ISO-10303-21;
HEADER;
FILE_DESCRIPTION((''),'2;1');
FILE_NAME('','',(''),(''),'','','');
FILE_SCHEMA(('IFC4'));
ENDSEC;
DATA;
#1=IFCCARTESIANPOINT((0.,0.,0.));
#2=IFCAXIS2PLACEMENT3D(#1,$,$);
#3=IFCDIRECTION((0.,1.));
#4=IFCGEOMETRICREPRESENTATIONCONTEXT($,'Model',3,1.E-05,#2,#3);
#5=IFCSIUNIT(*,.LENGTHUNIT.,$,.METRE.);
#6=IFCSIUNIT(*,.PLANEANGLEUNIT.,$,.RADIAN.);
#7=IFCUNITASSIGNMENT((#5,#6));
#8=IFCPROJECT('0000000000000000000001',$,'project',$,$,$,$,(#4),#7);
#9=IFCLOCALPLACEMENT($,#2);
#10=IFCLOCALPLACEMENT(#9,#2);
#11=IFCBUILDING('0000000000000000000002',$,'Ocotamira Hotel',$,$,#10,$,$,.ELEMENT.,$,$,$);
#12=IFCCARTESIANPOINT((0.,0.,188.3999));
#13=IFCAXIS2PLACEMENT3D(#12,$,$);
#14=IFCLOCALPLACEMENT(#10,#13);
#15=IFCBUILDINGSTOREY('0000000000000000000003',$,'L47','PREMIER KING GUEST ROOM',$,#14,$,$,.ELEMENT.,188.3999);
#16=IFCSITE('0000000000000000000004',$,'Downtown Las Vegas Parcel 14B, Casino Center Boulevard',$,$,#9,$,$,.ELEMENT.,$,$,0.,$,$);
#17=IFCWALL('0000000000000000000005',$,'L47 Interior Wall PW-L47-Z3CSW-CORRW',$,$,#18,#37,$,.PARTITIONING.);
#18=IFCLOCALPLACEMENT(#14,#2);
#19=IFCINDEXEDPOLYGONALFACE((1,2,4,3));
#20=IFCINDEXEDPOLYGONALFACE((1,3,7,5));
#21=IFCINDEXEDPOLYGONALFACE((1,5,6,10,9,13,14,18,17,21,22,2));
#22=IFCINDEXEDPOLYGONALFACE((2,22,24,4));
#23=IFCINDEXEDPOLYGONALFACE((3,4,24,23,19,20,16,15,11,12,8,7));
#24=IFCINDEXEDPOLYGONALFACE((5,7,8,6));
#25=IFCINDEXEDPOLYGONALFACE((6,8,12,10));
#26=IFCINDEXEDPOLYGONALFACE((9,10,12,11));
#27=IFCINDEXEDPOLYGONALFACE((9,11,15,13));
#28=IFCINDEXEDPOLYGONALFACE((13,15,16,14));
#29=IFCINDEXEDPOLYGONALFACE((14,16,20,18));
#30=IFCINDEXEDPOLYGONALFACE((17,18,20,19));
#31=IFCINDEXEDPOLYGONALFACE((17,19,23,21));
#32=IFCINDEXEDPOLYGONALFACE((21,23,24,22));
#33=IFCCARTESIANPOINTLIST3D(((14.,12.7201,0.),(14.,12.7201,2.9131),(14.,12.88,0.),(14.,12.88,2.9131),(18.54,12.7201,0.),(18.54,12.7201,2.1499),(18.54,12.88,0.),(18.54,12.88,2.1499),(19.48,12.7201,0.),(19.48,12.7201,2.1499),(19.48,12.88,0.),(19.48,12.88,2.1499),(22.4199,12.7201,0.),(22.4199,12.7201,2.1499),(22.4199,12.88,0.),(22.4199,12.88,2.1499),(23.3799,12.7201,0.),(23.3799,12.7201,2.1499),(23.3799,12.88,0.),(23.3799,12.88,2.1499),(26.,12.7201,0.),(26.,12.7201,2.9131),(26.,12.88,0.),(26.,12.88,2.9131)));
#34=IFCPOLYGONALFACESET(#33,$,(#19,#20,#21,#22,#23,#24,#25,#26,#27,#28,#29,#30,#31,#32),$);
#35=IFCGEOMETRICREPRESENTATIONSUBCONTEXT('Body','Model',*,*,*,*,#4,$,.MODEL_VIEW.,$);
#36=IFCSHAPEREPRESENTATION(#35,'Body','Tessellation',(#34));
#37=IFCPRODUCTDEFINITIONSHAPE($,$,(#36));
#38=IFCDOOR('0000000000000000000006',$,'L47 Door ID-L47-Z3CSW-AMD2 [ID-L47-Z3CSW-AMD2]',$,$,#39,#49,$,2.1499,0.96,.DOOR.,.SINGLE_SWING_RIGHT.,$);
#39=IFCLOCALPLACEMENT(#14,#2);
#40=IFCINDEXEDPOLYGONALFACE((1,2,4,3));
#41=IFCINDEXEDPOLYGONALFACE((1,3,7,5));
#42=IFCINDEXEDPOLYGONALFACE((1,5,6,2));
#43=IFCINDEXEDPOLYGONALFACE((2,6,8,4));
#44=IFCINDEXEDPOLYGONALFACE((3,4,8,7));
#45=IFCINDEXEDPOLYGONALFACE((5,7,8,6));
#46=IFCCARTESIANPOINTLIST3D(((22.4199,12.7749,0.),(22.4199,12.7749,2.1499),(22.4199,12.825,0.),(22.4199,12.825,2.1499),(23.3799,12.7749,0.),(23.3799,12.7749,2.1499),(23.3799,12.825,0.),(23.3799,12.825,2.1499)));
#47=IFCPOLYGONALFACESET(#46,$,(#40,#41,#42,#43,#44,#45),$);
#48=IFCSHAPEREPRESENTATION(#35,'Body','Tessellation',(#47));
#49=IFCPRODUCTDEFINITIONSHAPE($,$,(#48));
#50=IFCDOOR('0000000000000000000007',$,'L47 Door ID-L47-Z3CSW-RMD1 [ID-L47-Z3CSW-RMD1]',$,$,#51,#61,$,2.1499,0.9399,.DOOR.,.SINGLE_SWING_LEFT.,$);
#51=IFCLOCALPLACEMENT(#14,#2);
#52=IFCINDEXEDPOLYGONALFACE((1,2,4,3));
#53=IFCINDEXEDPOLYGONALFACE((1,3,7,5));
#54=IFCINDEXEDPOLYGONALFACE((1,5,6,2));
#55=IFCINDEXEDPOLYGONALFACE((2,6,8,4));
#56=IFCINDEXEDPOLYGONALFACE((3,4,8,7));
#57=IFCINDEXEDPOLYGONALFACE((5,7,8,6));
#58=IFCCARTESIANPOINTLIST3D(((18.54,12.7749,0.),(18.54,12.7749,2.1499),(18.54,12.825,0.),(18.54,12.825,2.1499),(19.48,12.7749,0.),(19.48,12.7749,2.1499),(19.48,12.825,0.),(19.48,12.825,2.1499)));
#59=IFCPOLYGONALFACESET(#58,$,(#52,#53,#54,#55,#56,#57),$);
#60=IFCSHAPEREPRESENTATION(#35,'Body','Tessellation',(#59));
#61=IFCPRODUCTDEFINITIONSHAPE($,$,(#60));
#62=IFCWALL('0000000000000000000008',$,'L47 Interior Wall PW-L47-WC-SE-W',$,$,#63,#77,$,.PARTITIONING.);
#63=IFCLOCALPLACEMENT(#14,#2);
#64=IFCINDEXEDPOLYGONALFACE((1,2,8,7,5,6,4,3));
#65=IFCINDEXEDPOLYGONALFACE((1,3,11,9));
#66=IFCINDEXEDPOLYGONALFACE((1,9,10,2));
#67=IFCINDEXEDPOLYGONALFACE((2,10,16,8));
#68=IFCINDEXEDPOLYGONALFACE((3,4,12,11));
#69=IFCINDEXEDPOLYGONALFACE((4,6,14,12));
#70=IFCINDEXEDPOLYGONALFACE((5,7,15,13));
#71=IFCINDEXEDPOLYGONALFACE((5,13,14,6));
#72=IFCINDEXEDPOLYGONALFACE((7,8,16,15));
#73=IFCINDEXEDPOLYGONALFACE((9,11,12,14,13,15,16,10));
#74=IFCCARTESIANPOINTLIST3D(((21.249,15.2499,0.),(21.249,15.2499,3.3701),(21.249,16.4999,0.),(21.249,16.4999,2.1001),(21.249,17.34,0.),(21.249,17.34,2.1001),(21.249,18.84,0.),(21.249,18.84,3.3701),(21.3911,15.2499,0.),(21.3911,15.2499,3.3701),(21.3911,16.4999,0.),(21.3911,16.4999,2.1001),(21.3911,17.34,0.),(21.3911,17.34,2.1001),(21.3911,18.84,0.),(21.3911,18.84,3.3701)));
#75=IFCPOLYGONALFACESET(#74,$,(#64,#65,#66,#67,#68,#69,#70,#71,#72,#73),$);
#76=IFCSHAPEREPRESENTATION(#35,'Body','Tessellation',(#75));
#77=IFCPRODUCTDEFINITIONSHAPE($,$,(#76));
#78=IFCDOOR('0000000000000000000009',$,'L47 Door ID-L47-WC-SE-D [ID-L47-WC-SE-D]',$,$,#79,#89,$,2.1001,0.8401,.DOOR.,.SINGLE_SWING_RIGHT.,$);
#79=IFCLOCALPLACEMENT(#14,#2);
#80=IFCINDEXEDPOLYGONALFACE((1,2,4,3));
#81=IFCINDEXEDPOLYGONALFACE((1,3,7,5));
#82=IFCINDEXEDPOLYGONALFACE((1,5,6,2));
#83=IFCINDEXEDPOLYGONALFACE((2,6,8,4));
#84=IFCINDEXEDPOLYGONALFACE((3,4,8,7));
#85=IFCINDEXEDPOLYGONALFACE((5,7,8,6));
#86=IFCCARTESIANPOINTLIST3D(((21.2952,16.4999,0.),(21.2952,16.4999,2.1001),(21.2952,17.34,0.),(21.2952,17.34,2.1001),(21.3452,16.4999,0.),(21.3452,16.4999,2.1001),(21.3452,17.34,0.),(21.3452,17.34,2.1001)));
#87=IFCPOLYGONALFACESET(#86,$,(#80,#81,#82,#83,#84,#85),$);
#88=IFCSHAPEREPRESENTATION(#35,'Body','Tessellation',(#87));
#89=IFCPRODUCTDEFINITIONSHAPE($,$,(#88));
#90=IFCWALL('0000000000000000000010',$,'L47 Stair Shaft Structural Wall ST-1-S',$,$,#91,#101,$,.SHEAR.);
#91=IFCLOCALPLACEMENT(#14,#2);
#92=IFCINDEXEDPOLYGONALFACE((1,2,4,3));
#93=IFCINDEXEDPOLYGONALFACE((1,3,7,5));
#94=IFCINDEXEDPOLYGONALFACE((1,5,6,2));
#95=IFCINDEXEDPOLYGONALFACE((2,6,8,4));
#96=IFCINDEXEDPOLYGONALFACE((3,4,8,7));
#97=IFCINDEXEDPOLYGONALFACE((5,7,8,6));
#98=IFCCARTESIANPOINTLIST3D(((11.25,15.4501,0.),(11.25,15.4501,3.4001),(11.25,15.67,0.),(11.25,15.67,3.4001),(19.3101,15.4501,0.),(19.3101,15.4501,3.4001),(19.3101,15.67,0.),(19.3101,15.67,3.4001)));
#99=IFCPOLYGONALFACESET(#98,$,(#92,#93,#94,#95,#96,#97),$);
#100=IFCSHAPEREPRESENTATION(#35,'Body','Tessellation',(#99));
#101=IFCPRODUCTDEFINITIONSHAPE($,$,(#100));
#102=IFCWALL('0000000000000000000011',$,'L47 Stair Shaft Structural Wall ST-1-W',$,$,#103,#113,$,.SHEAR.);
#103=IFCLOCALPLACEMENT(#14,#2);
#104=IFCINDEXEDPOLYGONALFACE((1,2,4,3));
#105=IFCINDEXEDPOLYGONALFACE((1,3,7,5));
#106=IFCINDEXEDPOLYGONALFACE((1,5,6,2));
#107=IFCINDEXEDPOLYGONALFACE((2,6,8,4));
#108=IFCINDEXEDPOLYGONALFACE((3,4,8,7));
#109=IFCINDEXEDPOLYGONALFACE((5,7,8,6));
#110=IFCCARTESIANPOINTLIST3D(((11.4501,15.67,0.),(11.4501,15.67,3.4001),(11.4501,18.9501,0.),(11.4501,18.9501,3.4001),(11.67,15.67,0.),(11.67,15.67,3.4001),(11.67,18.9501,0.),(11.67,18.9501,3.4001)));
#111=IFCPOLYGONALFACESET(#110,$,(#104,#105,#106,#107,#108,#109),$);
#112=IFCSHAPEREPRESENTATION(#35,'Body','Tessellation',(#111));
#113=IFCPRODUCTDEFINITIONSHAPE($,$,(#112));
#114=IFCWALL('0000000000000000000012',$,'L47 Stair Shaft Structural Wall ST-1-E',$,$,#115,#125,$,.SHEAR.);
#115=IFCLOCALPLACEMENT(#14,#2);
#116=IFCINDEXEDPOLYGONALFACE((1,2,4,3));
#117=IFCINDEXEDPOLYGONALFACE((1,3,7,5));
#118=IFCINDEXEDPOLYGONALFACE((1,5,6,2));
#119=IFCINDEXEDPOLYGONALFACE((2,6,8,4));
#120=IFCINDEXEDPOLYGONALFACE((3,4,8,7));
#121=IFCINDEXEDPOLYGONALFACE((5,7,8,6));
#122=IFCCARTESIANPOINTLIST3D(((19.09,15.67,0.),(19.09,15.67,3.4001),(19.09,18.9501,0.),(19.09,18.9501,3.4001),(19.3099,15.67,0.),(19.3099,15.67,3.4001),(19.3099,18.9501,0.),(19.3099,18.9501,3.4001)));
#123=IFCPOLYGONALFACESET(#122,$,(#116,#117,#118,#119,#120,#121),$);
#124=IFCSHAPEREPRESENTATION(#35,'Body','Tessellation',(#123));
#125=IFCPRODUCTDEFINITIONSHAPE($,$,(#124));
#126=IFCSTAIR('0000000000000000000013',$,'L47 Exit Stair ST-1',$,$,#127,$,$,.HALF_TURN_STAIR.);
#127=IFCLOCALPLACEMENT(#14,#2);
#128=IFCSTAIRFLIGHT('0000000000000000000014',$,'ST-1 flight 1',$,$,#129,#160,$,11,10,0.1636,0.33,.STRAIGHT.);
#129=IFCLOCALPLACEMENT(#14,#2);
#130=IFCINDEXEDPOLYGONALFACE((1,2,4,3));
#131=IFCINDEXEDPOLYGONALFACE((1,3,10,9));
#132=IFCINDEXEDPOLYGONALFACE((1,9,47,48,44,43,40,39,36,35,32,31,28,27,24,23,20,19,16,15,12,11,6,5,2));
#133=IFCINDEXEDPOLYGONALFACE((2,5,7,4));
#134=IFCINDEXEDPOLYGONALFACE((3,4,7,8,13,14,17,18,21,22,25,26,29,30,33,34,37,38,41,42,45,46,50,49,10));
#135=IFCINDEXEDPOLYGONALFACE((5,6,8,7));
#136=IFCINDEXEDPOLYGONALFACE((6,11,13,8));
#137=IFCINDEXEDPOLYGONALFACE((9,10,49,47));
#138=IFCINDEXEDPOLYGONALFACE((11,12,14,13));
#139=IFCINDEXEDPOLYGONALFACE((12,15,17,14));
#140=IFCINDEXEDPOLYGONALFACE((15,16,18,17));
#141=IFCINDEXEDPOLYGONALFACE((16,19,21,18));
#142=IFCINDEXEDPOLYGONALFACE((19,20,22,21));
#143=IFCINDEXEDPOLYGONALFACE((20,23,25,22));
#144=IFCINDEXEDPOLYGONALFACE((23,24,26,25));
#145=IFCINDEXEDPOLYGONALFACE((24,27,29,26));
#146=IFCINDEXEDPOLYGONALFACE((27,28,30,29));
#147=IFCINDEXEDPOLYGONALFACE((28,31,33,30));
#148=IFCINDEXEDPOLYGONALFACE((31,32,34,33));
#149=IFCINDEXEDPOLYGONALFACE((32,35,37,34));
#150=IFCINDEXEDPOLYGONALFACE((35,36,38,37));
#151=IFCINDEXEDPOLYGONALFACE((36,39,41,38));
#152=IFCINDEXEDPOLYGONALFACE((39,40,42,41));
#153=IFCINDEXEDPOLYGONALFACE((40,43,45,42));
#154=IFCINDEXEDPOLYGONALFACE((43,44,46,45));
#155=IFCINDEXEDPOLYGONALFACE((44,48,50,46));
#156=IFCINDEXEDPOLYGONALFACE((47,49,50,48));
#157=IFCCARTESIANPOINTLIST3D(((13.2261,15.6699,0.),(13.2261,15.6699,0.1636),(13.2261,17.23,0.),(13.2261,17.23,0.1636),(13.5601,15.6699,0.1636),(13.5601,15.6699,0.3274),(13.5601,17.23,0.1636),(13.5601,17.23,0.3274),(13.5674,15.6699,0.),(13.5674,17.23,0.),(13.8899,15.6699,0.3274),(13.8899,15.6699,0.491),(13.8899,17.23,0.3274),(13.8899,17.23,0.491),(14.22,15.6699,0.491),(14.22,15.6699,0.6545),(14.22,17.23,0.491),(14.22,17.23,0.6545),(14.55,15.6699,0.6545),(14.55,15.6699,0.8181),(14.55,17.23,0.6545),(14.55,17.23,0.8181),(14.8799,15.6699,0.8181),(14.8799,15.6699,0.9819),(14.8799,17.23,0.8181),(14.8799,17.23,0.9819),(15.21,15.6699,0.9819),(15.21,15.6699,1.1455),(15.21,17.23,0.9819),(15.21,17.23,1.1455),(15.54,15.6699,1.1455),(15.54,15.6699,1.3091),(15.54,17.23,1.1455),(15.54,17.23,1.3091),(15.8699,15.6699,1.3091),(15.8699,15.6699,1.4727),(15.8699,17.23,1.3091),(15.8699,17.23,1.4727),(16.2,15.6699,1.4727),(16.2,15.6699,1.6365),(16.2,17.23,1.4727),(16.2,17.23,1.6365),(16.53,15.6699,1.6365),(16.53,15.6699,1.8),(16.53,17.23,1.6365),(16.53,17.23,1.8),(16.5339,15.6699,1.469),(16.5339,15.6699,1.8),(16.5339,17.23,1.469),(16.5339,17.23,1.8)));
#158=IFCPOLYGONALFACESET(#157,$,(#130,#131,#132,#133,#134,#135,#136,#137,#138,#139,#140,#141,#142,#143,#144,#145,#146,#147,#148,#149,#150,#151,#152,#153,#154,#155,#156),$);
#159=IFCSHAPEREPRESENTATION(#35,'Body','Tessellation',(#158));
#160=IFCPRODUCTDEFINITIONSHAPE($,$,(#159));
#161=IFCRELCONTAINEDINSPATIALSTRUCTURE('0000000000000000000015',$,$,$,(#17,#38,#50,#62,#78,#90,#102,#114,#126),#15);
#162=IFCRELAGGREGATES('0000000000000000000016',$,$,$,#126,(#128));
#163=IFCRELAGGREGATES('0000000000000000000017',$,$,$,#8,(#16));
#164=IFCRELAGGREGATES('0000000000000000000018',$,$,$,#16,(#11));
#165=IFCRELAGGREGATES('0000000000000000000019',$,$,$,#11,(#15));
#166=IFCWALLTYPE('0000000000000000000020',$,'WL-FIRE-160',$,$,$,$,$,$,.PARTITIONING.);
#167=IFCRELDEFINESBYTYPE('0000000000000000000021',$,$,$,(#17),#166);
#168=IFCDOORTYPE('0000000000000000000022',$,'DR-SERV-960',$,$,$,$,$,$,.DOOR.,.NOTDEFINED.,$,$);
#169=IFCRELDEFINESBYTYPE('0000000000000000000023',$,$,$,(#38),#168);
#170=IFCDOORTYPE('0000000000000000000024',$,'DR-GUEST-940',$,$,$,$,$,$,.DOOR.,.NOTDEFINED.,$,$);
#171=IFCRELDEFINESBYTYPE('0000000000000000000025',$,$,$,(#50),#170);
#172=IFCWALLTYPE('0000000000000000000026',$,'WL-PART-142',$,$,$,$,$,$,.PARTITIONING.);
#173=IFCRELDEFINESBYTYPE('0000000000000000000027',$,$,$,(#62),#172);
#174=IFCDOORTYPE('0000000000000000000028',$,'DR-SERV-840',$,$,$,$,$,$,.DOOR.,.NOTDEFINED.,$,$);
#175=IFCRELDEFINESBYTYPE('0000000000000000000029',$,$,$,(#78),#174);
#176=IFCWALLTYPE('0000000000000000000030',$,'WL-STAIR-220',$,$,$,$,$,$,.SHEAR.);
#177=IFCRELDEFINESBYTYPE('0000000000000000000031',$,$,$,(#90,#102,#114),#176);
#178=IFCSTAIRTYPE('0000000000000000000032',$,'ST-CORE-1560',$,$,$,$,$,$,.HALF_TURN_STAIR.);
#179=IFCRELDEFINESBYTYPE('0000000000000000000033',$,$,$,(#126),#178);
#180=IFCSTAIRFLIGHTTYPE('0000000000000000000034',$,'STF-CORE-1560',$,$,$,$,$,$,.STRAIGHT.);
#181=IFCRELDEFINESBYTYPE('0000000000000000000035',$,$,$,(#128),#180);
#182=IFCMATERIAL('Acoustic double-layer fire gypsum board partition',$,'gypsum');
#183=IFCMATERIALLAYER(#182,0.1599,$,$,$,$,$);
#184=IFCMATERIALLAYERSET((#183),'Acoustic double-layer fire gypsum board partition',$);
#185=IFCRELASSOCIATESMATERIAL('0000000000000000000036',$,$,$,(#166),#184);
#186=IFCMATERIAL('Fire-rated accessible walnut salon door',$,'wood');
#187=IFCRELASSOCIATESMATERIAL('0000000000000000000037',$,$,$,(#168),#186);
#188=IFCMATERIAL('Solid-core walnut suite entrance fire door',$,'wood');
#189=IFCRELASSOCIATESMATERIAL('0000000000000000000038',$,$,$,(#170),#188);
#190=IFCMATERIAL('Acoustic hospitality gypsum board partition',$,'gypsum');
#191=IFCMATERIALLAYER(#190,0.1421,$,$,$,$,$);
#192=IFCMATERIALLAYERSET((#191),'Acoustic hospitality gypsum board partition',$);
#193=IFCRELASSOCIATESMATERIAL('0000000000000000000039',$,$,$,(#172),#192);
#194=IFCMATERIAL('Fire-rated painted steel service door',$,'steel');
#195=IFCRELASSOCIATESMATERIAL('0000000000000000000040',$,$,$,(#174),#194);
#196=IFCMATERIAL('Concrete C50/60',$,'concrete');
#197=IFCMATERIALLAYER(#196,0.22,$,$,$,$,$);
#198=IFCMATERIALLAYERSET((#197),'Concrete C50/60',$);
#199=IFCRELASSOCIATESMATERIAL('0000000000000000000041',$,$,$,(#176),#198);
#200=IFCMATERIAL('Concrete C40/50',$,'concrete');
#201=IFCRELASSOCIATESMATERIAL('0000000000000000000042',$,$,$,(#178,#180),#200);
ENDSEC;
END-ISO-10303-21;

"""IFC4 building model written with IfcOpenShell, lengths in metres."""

from ifc_helpers import new_model, si_unit, direction, frame, frame_2d, origin, place, context, subcontext, project, spatial, polyline, rectangle, outline, extrude, source, transform, mapped, material, layer, layer_set, type_object, element, fill, aggregate, save


model = new_model("IFC4")

# Units and contexts
model_context = context("Model", 3, precision=1e-05, world=origin(), true_north=direction((0.0, 1.0)))
body_context = subcontext(model_context, "Body", "Model", "MODEL_VIEW")
ifc_project = project(units=[si_unit("LENGTHUNIT", "METRE"), si_unit("PLANEANGLEUNIT", "RADIAN")], contexts=[model_context])

# Site, building, storey
site_placement = place(None, origin())
site = spatial("IfcSite", under=ifc_project, at=site_placement, Name="Downtown Las Vegas Parcel 14B, Casino Center Boulevard", CompositionType="ELEMENT", RefElevation=0.0)
building_placement = place(site_placement, origin())
building = spatial("IfcBuilding", under=site, at=building_placement, Name="Ocotamira Hotel", CompositionType="ELEMENT")
storey_placement = place(building_placement, frame((0.0, 0.0, 188.3999)))
storey = spatial("IfcBuildingStorey", under=building, at=storey_placement, Name="L47", Description="PREMIER KING GUEST ROOM", CompositionType="ELEMENT", Elevation=188.3999)

# Shared definitions
ifc_material_1 = material(Name="Concrete C50/60", Category="concrete")

# Wall, openings, doors
ifc_material_2 = material(Name="Acoustic double-layer fire gypsum board partition", Category="gypsum")
ifc_layer_1 = layer(ifc_material_2, 0.1599)
ifc_layer_set_1 = layer_set([ifc_layer_1], Name="Acoustic double-layer fire gypsum board partition")
wall_type_1 = type_object("IfcWallType", Name="WL-FIRE-160", PredefinedType="PARTITIONING", material=ifc_layer_set_1)
wall_1_placement = place(storey_placement, frame((14.0, 12.8, 0.0), z_axis=(0.0, 0.0, 1.0), x_axis=(1.0, 0.0, 0.0)))
wall_1 = element("IfcWall", 1, at=wall_1_placement, inside=storey, type_object=wall_type_1, Name="L47 Interior Wall PW-L47-Z3CSW-CORRW", PredefinedType="PARTITIONING", context=body_context, shape_type="SweptSolid", body=[
    extrude(rectangle(XDim=12.0, YDim=0.1599, at=frame_2d((6.0, 0.0))), origin(), (0.0, 0.0, 1.0), 2.9131),
])
opening_1_placement = place(wall_1_placement, frame((4.54, 0.0, 0.0)))
opening_1 = element("IfcOpeningElement", 2, at=opening_1_placement, cuts=wall_1, PredefinedType="OPENING", context=body_context, shape_type="SweptSolid", body=[
    extrude(rectangle(XDim=0.9399, YDim=2.1499, at=frame_2d((0.47, 1.075))), frame((0.0, 0.0898, 0.0), z_axis=(0.0, -1.0, 0.0), x_axis=(1.0, 0.0, 0.0)), (0.0, 0.0, 1.0), 0.1799),
])
opening_2_placement = place(wall_1_placement, frame((8.4199, 0.0, 0.0)))
opening_2 = element("IfcOpeningElement", 3, at=opening_2_placement, cuts=wall_1, PredefinedType="OPENING", context=body_context, shape_type="SweptSolid", body=[
    extrude(rectangle(XDim=0.96, YDim=2.1499, at=frame_2d((0.48, 1.075))), frame((0.0, 0.0898, 0.0), z_axis=(0.0, -1.0, 0.0), x_axis=(1.0, 0.0, 0.0)), (0.0, 0.0, 1.0), 0.1799),
])
ifc_material_3 = material(Name="Fire-rated accessible walnut salon door", Category="wood")
door_type_1 = type_object("IfcDoorType", Name="DR-SERV-960", OperationType="NOTDEFINED", PredefinedType="DOOR", material=ifc_material_3)
shared_shape_1 = source(origin(), body_context, "Body", "SweptSolid", [
    extrude(rectangle(XDim=0.96, YDim=2.1499, at=frame_2d((0.48, 1.075))), frame((0.0, 0.0249, 0.0), z_axis=(0.0, -1.0, 0.0), x_axis=(1.0, 0.0, 0.0)), (0.0, 0.0, 1.0), 0.05),
])
door_1_placement = place(opening_2_placement, origin())
door_1 = element("IfcDoor", 4, at=door_1_placement, inside=storey, type_object=door_type_1, Name="L47 Door ID-L47-Z3CSW-AMD2 [ID-L47-Z3CSW-AMD2]", OperationType="SINGLE_SWING_RIGHT", OverallHeight=2.1499, OverallWidth=0.96, PredefinedType="DOOR", context=body_context, shape_type="MappedRepresentation", body=[
    mapped(shared_shape_1, transform((0.0, 0.0, 0.0), scale=1.0)),
])
fill(opening_2, door_1)
ifc_material_4 = material(Name="Solid-core walnut suite entrance fire door", Category="wood")
door_type_2 = type_object("IfcDoorType", Name="DR-GUEST-940", OperationType="NOTDEFINED", PredefinedType="DOOR", material=ifc_material_4)
shared_shape_2 = source(origin(), body_context, "Body", "SweptSolid", [
    extrude(rectangle(XDim=0.9399, YDim=2.1499, at=frame_2d((0.47, 1.075))), frame((0.0, 0.0249, 0.0), z_axis=(0.0, -1.0, 0.0), x_axis=(1.0, 0.0, 0.0)), (0.0, 0.0, 1.0), 0.05),
])
door_2_placement = place(opening_1_placement, origin())
door_2 = element("IfcDoor", 5, at=door_2_placement, inside=storey, type_object=door_type_2, Name="L47 Door ID-L47-Z3CSW-RMD1 [ID-L47-Z3CSW-RMD1]", OperationType="SINGLE_SWING_LEFT", OverallHeight=2.1499, OverallWidth=0.9399, PredefinedType="DOOR", context=body_context, shape_type="MappedRepresentation", body=[
    mapped(shared_shape_2, transform((0.0, 0.0, 0.0), scale=1.0)),
])
fill(opening_1, door_2)

# Wall, opening, door
ifc_material_5 = material(Name="Acoustic hospitality gypsum board partition", Category="gypsum")
ifc_layer_2 = layer(ifc_material_5, 0.1421)
ifc_layer_set_2 = layer_set([ifc_layer_2], Name="Acoustic hospitality gypsum board partition")
wall_type_2 = type_object("IfcWallType", Name="WL-PART-142", PredefinedType="PARTITIONING", material=ifc_layer_set_2)
wall_2_placement = place(storey_placement, frame((21.3201, 15.25, 0.0), z_axis=(0.0, 0.0, 1.0), x_axis=(0.0, 1.0, 0.0)))
wall_2 = element("IfcWall", 6, at=wall_2_placement, inside=storey, type_object=wall_type_2, Name="L47 Interior Wall PW-L47-WC-SE-W", PredefinedType="PARTITIONING", context=body_context, shape_type="SweptSolid", body=[
    extrude(rectangle(XDim=3.5901, YDim=0.1421, at=frame_2d((1.7949, 0.0))), origin(), (0.0, 0.0, 1.0), 3.3701),
])
opening_3_placement = place(wall_2_placement, frame((1.25, 0.0, 0.0)))
opening_3 = element("IfcOpeningElement", 7, at=opening_3_placement, cuts=wall_2, PredefinedType="OPENING", context=body_context, shape_type="SweptSolid", body=[
    extrude(rectangle(XDim=0.8401, YDim=2.1001, at=frame_2d((0.4199, 1.05))), frame((0.0, 0.0811, 0.0), z_axis=(0.0, -1.0, 0.0), x_axis=(1.0, 0.0, 0.0)), (0.0, 0.0, 1.0), 0.1621),
])
ifc_material_6 = material(Name="Fire-rated painted steel service door", Category="steel")
door_type_3 = type_object("IfcDoorType", Name="DR-SERV-840", OperationType="NOTDEFINED", PredefinedType="DOOR", material=ifc_material_6)
shared_shape_3 = source(origin(), body_context, "Body", "SweptSolid", [
    extrude(rectangle(XDim=0.8401, YDim=2.1001, at=frame_2d((0.4199, 1.05))), frame((0.0, 0.0249, 0.0), z_axis=(0.0, -1.0, 0.0), x_axis=(1.0, 0.0, 0.0)), (0.0, 0.0, 1.0), 0.05),
])
door_3_placement = place(opening_3_placement, origin())
door_3 = element("IfcDoor", 8, at=door_3_placement, inside=storey, type_object=door_type_3, Name="L47 Door ID-L47-WC-SE-D [ID-L47-WC-SE-D]", OperationType="SINGLE_SWING_RIGHT", OverallHeight=2.1001, OverallWidth=0.8401, PredefinedType="DOOR", context=body_context, shape_type="MappedRepresentation", body=[
    mapped(shared_shape_3, transform((0.0, 0.0, 0.0), scale=1.0)),
])
fill(opening_3, door_3)

# Walls
ifc_layer_3 = layer(ifc_material_1, 0.22)
ifc_layer_set_3 = layer_set([ifc_layer_3], Name="Concrete C50/60")
wall_type_3 = type_object("IfcWallType", Name="WL-STAIR-220", PredefinedType="SHEAR", material=ifc_layer_set_3)
wall_3_placement = place(storey_placement, frame((11.25, 15.5601, 0.0), z_axis=(0.0, 0.0, 1.0), x_axis=(1.0, 0.0, 0.0)))
element("IfcWall", 9, at=wall_3_placement, inside=storey, type_object=wall_type_3, Name="L47 Stair Shaft Structural Wall ST-1-S", PredefinedType="SHEAR", context=body_context, shape_type="SweptSolid", body=[
    extrude(rectangle(XDim=8.0601, YDim=0.22, at=frame_2d((4.03, 0.0))), origin(), (0.0, 0.0, 1.0), 3.4001),
])
for number, where, z_axis, x_axis, name in (
    (10, (11.5601, 15.6699, 0.0), (0.0, 0.0, 1.0), (0.0, 1.0, 0.0), "L47 Stair Shaft Structural Wall ST-1-W"),
    (11, (19.2, 15.6699, 0.0), (0.0, 0.0, 1.0), (0.0, 1.0, 0.0), "L47 Stair Shaft Structural Wall ST-1-E"),
):
    element("IfcWall", number, at=place(storey_placement, frame(where, z_axis=z_axis, x_axis=x_axis)), inside=storey, type_object=wall_type_3, Name=name, PredefinedType="SHEAR", context=body_context, shape_type="SweptSolid", body=[
        extrude(rectangle(XDim=3.28, YDim=0.22, at=frame_2d((1.6401, 0.0))), origin(), (0.0, 0.0, 1.0), 3.4001),
    ])

# Stair, stair flight
ifc_material_7 = material(Name="Concrete C40/50", Category="concrete")
stair_type = type_object("IfcStairType", Name="ST-CORE-1560", PredefinedType="HALF_TURN_STAIR", material=ifc_material_7)
stair_placement = place(storey_placement, origin())
stair = element("IfcStair", 12, at=stair_placement, inside=storey, type_object=stair_type, Name="L47 Exit Stair ST-1", PredefinedType="HALF_TURN_STAIR")
stair_flight_type = type_object("IfcStairFlightType", Name="STF-CORE-1560", PredefinedType="STRAIGHT", material=ifc_material_7)
shared_shape_4 = source(origin(), body_context, "Body", "SweptSolid", [
    extrude(outline(polyline([(-0.0039, 0.0), (-0.0039, 0.1636), (0.3301, 0.1636), (0.3301, 0.3274), (0.6599, 0.3274), (0.6599, 0.491), (0.99, 0.491), (0.99, 0.6545), (1.3201, 0.6545), (1.3201, 0.8181), (1.6499, 0.8181), (1.6499, 0.9819), (1.98, 0.9819), (1.98, 1.1455), (2.3101, 1.1455), (2.3101, 1.3091), (2.6399, 1.3091), (2.6399, 1.4727), (2.97, 1.4727), (2.97, 1.6365), (3.3, 1.6365), (3.3, 1.8), (3.304, 1.8), (3.304, 1.469), (0.3374, 0.0), (-0.0039, 0.0)])), frame((0.0, 0.78, 0.0), z_axis=(0.0, -1.0, 0.0), x_axis=(1.0, 0.0, 0.0)), (0.0, 0.0, 1.0), 1.5601),
])
stair_flight_placement = place(storey_placement, frame((13.23, 16.45, 0.0), z_axis=(0.0, 0.0, 1.0), x_axis=(1.0, 0.0, 0.0)))
stair_flight = element("IfcStairFlight", 13, at=stair_flight_placement, type_object=stair_flight_type, Name="ST-1 flight 1", NumberOfRisers=11, NumberOfTreads=10, PredefinedType="STRAIGHT", RiserHeight=0.1636, TreadLength=0.33, context=body_context, shape_type="MappedRepresentation", body=[
    mapped(shared_shape_4, transform((0.0, 0.0, 0.0), scale=1.0)),
])
aggregate(stair, [stair_flight])

save(model, "model.ifc")
